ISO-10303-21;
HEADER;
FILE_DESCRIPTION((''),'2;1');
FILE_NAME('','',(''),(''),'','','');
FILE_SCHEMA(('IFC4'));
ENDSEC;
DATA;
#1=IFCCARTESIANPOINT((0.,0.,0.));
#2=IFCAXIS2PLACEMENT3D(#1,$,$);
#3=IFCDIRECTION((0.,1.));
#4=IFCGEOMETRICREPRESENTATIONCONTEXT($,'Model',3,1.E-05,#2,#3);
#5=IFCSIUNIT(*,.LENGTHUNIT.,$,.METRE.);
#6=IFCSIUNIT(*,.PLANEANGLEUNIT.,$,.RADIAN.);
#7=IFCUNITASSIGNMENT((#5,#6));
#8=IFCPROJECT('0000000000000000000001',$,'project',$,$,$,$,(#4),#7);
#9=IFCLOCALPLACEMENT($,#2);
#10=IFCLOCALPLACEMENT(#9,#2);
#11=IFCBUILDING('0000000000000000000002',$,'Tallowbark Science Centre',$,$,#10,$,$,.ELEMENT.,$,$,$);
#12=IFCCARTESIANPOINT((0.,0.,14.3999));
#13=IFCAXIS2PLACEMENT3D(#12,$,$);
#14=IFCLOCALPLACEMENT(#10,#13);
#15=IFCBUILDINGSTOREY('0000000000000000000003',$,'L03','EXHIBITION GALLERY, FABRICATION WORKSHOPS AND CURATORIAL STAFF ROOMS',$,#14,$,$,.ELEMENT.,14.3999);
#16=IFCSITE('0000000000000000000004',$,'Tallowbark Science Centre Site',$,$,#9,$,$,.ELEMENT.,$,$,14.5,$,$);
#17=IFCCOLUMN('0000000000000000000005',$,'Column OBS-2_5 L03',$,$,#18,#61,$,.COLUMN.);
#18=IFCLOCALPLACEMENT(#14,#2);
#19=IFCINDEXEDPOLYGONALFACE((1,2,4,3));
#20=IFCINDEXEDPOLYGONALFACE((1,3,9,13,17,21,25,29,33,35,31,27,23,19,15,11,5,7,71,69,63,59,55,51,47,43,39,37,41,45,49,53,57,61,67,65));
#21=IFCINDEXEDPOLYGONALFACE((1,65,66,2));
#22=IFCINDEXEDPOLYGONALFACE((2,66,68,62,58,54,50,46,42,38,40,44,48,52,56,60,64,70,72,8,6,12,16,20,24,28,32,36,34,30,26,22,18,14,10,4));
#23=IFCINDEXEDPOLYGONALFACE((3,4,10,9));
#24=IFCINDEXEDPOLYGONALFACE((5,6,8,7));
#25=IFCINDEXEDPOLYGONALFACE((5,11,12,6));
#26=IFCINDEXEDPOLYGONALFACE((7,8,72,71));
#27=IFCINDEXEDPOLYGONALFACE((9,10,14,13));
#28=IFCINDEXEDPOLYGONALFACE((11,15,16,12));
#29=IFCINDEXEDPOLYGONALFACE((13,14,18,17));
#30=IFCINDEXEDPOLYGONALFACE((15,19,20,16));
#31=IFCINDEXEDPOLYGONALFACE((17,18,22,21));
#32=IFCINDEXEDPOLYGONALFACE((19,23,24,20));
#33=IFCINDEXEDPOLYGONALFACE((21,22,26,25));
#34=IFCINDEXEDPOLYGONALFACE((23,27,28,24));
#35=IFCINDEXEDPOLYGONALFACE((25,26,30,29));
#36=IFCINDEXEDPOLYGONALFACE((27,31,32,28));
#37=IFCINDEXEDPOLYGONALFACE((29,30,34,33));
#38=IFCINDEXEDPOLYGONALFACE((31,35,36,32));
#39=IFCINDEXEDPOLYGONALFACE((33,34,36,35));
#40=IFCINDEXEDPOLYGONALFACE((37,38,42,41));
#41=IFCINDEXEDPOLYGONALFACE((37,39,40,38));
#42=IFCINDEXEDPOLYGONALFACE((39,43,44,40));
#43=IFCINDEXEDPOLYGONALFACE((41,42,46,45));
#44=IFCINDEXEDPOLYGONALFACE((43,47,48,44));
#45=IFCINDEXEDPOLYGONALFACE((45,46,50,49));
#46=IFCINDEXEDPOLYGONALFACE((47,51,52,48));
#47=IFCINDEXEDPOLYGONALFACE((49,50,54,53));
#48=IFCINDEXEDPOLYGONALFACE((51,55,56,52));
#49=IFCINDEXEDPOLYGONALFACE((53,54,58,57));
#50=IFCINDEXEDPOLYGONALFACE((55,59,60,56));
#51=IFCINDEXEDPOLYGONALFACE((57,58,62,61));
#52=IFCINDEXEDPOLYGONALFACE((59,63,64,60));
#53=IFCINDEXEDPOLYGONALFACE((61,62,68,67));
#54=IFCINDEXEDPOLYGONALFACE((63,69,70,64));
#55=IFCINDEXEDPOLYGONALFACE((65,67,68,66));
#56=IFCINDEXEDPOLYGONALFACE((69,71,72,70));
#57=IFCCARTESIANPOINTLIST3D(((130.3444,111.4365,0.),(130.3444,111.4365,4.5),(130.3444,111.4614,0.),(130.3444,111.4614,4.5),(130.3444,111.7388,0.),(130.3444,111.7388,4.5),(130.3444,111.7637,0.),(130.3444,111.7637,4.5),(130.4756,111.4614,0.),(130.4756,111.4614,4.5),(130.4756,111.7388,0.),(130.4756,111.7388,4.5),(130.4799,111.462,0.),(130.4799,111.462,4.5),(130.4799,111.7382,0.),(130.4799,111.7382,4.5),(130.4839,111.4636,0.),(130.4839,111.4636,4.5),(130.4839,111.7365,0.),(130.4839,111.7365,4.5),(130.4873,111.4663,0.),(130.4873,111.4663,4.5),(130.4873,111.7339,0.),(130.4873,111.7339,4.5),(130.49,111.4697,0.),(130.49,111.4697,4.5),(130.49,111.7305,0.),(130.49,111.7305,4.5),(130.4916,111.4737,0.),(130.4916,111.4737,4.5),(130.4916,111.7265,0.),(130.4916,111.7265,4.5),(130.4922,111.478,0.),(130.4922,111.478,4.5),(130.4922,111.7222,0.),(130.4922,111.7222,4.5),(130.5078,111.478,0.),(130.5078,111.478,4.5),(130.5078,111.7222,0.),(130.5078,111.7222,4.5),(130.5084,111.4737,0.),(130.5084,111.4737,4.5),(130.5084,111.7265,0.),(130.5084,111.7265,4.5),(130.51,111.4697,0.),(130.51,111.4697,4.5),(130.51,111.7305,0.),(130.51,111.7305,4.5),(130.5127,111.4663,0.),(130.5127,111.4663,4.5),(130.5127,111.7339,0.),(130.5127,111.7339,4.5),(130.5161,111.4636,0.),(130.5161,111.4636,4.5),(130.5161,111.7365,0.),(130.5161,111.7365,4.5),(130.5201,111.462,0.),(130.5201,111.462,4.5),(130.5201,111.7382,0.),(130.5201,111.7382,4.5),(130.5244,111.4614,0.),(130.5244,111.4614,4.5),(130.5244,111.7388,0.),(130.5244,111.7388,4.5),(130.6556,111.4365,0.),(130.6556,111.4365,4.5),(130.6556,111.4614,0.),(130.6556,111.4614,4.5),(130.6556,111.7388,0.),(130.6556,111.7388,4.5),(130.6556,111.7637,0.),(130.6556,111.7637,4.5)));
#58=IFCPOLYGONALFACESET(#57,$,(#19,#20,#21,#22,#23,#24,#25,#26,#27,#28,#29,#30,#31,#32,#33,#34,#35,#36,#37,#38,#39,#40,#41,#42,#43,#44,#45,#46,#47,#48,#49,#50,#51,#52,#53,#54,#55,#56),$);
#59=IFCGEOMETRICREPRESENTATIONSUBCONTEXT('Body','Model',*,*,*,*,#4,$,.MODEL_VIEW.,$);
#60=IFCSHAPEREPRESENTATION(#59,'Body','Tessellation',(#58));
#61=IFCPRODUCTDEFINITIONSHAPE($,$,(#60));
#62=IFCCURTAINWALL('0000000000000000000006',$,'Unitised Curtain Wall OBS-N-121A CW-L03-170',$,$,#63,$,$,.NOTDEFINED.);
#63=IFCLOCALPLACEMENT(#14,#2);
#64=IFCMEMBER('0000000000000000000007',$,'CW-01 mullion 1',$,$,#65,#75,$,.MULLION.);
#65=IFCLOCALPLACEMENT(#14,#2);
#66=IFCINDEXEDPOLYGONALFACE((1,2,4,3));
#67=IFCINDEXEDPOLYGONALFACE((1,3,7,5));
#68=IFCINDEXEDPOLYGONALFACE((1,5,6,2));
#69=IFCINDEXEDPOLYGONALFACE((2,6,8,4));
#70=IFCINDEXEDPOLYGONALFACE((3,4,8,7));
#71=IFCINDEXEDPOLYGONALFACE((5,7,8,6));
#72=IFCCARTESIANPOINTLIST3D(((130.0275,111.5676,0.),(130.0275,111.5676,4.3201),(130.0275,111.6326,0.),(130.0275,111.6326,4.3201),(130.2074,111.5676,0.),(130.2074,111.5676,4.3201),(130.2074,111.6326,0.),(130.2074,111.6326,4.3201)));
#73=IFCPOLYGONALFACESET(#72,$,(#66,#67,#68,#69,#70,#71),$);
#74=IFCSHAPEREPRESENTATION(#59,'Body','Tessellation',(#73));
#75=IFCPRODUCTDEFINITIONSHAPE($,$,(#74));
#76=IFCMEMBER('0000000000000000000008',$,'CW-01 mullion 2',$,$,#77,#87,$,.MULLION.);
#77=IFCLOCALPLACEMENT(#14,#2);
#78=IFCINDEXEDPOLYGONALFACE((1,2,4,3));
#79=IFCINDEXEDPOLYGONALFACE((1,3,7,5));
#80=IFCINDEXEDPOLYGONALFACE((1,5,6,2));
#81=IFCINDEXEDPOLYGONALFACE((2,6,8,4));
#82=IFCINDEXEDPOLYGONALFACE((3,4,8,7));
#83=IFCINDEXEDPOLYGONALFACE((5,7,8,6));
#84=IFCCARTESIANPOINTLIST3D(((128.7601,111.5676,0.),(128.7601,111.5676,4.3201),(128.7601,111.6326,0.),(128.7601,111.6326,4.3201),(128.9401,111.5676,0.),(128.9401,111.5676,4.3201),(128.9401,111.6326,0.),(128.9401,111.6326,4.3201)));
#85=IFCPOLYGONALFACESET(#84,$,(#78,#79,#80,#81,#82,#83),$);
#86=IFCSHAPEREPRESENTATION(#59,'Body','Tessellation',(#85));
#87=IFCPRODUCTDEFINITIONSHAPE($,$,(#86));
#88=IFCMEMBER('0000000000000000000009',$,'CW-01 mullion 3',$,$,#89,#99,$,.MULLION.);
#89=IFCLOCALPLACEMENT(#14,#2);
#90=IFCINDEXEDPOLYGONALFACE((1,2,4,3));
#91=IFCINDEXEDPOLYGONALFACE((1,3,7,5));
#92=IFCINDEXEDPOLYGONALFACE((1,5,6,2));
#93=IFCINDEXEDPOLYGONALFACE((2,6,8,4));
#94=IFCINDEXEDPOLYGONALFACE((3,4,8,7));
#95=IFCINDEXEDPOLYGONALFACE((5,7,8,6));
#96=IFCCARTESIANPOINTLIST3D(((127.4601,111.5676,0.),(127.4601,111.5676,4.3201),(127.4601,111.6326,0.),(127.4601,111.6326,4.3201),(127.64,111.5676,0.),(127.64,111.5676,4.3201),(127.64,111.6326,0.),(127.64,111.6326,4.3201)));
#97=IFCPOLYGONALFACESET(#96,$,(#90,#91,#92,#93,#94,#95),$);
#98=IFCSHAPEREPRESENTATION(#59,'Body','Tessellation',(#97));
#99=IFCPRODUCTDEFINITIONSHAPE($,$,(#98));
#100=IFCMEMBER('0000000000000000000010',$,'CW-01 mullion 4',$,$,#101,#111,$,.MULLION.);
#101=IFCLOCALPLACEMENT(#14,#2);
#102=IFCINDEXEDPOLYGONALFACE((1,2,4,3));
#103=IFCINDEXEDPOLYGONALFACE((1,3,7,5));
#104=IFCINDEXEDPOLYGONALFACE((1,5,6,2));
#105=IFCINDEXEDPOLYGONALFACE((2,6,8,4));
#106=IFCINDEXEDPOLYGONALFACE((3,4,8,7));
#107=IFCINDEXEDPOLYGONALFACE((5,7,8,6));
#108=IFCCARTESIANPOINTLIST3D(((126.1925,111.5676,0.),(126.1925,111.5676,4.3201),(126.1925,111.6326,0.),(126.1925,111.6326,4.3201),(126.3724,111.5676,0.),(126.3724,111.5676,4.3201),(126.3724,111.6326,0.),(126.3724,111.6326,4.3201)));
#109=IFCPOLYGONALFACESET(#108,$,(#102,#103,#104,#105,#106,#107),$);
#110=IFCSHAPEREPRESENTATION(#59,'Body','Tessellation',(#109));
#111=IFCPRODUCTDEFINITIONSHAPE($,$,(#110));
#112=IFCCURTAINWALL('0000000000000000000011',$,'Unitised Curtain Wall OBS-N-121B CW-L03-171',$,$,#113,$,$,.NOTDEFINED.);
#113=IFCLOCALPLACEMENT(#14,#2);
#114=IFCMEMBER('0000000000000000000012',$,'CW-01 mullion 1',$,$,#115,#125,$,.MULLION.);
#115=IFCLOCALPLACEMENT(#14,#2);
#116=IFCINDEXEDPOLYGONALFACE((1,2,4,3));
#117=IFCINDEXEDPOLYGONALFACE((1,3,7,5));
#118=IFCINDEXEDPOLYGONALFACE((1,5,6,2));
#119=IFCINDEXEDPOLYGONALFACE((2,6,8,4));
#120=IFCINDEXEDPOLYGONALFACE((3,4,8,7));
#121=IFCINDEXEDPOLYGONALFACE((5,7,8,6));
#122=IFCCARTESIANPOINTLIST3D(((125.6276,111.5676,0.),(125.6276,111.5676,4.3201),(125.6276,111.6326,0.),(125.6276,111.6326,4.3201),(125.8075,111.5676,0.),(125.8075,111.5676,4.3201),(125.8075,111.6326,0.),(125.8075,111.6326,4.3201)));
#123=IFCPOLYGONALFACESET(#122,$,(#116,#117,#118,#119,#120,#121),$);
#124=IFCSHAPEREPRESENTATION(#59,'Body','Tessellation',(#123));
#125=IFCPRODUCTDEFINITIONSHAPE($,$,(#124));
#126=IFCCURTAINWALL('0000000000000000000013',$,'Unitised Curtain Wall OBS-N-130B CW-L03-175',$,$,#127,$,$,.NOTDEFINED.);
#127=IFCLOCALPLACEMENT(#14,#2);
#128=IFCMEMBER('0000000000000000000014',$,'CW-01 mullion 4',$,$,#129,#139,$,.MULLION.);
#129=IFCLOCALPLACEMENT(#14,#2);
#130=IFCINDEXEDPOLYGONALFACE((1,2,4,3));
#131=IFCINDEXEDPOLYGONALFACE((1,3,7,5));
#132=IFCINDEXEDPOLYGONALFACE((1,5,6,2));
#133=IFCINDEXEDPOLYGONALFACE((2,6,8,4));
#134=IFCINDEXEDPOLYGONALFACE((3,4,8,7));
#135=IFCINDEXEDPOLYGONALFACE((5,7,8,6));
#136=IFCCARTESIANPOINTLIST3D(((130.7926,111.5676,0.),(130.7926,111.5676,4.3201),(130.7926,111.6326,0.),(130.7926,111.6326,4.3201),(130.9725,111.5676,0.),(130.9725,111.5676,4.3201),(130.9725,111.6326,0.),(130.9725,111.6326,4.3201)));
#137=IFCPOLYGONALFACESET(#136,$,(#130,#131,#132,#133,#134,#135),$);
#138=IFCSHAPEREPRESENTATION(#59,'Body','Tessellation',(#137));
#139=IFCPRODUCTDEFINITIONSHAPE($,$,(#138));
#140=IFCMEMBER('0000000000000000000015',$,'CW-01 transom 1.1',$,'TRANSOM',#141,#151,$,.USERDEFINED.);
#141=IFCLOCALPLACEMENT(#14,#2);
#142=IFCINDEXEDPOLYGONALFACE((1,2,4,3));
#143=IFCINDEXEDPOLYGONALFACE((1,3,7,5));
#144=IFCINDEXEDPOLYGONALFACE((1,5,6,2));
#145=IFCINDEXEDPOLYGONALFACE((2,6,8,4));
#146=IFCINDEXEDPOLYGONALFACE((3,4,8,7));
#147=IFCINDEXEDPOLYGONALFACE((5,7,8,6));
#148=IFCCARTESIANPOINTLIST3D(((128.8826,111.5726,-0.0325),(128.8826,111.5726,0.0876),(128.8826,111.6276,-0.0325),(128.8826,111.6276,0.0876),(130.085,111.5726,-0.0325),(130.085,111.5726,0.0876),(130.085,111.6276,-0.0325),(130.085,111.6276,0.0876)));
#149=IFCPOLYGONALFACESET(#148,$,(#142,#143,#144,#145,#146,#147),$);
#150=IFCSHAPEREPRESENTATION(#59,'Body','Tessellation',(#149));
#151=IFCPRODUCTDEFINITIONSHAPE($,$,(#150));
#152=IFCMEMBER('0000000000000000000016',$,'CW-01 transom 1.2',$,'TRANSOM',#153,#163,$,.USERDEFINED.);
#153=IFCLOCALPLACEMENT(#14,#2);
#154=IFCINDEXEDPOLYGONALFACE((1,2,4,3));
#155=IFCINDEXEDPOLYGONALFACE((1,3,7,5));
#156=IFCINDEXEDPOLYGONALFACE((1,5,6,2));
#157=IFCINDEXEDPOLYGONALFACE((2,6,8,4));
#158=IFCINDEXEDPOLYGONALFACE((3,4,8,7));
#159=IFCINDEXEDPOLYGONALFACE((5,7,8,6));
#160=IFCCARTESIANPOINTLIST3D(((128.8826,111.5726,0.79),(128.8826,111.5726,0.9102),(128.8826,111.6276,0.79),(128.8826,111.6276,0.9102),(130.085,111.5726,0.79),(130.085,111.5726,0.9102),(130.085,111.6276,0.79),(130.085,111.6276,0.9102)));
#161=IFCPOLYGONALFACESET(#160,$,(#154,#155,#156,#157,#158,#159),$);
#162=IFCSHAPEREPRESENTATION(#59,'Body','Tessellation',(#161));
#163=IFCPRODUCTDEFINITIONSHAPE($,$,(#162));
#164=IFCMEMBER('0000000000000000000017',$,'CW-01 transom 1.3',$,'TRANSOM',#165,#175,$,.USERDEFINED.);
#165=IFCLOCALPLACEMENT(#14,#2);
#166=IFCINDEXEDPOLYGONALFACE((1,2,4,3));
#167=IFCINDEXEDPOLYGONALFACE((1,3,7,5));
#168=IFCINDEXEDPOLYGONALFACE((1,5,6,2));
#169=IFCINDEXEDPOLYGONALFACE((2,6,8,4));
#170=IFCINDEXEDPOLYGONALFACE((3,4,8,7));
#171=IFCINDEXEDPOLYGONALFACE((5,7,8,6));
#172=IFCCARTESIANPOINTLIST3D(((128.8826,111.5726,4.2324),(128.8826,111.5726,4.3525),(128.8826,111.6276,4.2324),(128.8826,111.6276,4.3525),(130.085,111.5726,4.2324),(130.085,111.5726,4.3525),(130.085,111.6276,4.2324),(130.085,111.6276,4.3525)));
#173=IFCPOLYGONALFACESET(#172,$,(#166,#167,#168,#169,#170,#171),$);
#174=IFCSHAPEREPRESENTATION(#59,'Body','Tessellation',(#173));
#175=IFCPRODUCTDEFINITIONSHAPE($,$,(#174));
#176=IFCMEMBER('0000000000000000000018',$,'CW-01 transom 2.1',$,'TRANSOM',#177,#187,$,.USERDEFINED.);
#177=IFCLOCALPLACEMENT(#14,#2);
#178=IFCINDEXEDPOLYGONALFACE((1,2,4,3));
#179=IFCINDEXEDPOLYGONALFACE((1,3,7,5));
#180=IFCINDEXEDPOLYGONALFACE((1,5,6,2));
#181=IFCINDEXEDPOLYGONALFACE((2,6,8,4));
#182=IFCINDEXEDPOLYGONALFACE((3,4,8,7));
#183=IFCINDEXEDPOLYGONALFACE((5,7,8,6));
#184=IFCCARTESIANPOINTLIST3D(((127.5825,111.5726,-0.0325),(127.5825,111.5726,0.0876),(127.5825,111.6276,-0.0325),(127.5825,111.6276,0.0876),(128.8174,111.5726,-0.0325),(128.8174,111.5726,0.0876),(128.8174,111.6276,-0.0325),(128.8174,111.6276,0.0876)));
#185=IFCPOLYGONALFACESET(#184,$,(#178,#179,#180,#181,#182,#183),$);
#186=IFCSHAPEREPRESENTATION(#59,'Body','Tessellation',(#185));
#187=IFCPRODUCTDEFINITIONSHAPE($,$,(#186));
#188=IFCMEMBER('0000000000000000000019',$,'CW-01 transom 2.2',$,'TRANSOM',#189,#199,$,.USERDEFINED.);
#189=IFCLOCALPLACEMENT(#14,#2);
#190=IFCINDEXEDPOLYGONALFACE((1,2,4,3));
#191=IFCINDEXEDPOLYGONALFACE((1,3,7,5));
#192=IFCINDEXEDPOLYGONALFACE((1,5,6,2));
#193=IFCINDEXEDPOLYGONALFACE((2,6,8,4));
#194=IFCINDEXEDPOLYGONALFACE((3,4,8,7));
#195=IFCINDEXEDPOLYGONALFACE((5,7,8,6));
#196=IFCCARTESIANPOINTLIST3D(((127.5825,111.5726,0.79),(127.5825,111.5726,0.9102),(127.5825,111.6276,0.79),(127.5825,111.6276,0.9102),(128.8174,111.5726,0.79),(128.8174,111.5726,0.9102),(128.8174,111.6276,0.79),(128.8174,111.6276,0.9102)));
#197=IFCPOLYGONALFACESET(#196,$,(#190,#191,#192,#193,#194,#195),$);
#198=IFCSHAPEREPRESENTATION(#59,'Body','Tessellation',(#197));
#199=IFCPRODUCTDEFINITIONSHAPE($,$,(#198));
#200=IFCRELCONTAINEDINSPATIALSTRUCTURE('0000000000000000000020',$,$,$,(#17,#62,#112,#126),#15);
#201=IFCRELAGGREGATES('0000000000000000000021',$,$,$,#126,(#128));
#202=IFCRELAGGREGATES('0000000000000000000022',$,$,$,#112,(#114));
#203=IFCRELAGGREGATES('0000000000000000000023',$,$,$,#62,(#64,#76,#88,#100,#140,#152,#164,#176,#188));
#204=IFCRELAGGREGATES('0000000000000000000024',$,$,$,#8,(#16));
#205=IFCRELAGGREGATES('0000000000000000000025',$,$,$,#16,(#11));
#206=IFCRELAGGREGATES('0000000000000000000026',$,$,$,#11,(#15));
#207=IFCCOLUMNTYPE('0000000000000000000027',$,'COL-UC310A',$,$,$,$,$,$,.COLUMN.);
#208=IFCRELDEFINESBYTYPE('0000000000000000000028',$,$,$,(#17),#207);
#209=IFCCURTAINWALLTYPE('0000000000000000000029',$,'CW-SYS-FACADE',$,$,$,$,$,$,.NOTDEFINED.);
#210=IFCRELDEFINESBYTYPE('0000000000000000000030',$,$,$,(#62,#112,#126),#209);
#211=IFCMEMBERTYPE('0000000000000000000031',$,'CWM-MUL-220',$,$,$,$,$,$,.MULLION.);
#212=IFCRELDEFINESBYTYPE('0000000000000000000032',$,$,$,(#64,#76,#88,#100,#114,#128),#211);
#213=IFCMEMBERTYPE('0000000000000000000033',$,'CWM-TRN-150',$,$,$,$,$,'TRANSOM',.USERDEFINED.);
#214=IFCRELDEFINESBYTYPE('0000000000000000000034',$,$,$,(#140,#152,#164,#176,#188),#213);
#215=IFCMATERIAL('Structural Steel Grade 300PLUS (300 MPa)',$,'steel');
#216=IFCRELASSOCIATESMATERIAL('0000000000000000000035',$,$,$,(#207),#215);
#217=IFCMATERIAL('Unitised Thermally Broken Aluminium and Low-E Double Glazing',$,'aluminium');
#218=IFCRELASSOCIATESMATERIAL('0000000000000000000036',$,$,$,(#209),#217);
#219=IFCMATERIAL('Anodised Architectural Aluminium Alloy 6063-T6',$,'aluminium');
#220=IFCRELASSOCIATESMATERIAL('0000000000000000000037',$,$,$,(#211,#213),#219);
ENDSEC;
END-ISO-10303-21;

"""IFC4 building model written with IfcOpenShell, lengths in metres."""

from ifc_helpers import new_model, si_unit, direction, frame, origin, origin_2d, place, context, subcontext, project, spatial, rectangle, i_section, extrude, material, material_profile, profile_set, type_object, element, aggregate, save


model = new_model("IFC4")

# Units and contexts
model_context = context("Model", 3, precision=1e-05, world=origin(), true_north=direction((0.0, 1.0)))
body_context = subcontext(model_context, "Body", "Model", "MODEL_VIEW")
ifc_project = project(units=[si_unit("LENGTHUNIT", "METRE"), si_unit("PLANEANGLEUNIT", "RADIAN")], contexts=[model_context])

# Site, building, storey
site_placement = place(None, origin())
site = spatial("IfcSite", under=ifc_project, at=site_placement, Name="Tallowbark Science Centre Site", CompositionType="ELEMENT", RefElevation=14.5)
building_placement = place(site_placement, origin())
building = spatial("IfcBuilding", under=site, at=building_placement, Name="Tallowbark Science Centre", CompositionType="ELEMENT")
storey_placement = place(building_placement, frame((0.0, 0.0, 14.3999)))
storey = spatial("IfcBuildingStorey", under=building, at=storey_placement, Name="L03", Description="EXHIBITION GALLERY, FABRICATION WORKSHOPS AND CURATORIAL STAFF ROOMS", CompositionType="ELEMENT", Elevation=14.3999)

# Column
ifc_material_1 = material(Name="Structural Steel Grade 300PLUS (300 MPa)", Category="steel")
ifc_material_profile_1 = material_profile(ifc_material_1, i_section(OverallWidth=0.3113, OverallDepth=0.3271, WebThickness=0.0156, FlangeThickness=0.0249, FilletRadius=0.0166, at=origin_2d()), Name="310UC158")
ifc_profile_set_1 = profile_set([ifc_material_profile_1], Name="Structural Steel Grade 300PLUS (300 MPa)")
column_type = type_object("IfcColumnType", Name="COL-UC310A", PredefinedType="COLUMN", material=ifc_profile_set_1)
column_placement = place(storey_placement, frame((130.5, 111.6001, 0.0), z_axis=(0.0, 0.0, 1.0), x_axis=(1.0, 0.0, 0.0)))
element("IfcColumn", 1, at=column_placement, inside=storey, type_object=column_type, Name="Column OBS-2_5 L03", PredefinedType="COLUMN", context=body_context, shape_type="SweptSolid", body=[
    extrude(i_section(OverallWidth=0.3113, OverallDepth=0.3271, WebThickness=0.0156, FlangeThickness=0.0249, FilletRadius=0.0166, at=origin_2d()), origin(), (0.0, 0.0, 1.0), 4.5),
])

# Curtain wall, members
ifc_material_2 = material(Name="Unitised Thermally Broken Aluminium and Low-E Double Glazing", Category="aluminium")
curtain_wall_type = type_object("IfcCurtainWallType", Name="CW-SYS-FACADE", PredefinedType="NOTDEFINED", material=ifc_material_2)
curtain_wall_1_placement = place(storey_placement, origin())
curtain_wall_1 = element("IfcCurtainWall", 2, at=curtain_wall_1_placement, inside=storey, type_object=curtain_wall_type, Name="Unitised Curtain Wall OBS-N-121A CW-L03-170", PredefinedType="NOTDEFINED")
ifc_material_3 = material(Name="Anodised Architectural Aluminium Alloy 6063-T6", Category="aluminium")
ifc_material_profile_2 = material_profile(ifc_material_3, rectangle(XDim=0.0649, YDim=0.1799, at=origin_2d()), Name="ALU65x180")
ifc_profile_set_2 = profile_set([ifc_material_profile_2], Name="Anodised Architectural Aluminium Alloy 6063-T6")
member_type_1 = type_object("IfcMemberType", Name="CWM-MUL-220", PredefinedType="MULLION", material=ifc_profile_set_2)
member_1_placement = place(storey_placement, frame((130.1174, 111.6001, 0.0), z_axis=(0.0, 0.0, 1.0), x_axis=(0.0, -1.0, 0.0)))
member_1 = element("IfcMember", 3, at=member_1_placement, type_object=member_type_1, Name="CW-01 mullion 1", PredefinedType="MULLION", context=body_context, shape_type="SweptSolid", body=[
    extrude(rectangle(XDim=0.0649, YDim=0.1799, at=origin_2d()), origin(), (0.0, 0.0, 1.0), 4.3201),
])
member_2_placement = place(storey_placement, frame((128.8501, 111.6001, 0.0), z_axis=(0.0, 0.0, 1.0), x_axis=(0.0, -1.0, 0.0)))
member_2 = element("IfcMember", 4, at=member_2_placement, type_object=member_type_1, Name="CW-01 mullion 2", PredefinedType="MULLION", context=body_context, shape_type="SweptSolid", body=[
    extrude(rectangle(XDim=0.0649, YDim=0.1799, at=origin_2d()), origin(), (0.0, 0.0, 1.0), 4.3201),
])
member_3_placement = place(storey_placement, frame((127.55, 111.6001, 0.0), z_axis=(0.0, 0.0, 1.0), x_axis=(0.0, -1.0, 0.0)))
member_3 = element("IfcMember", 5, at=member_3_placement, type_object=member_type_1, Name="CW-01 mullion 3", PredefinedType="MULLION", context=body_context, shape_type="SweptSolid", body=[
    extrude(rectangle(XDim=0.0649, YDim=0.1799, at=origin_2d()), origin(), (0.0, 0.0, 1.0), 4.3201),
])
member_4_placement = place(storey_placement, frame((126.2825, 111.6001, 0.0), z_axis=(0.0, 0.0, 1.0), x_axis=(0.0, -1.0, 0.0)))
member_4 = element("IfcMember", 6, at=member_4_placement, type_object=member_type_1, Name="CW-01 mullion 4", PredefinedType="MULLION", context=body_context, shape_type="SweptSolid", body=[
    extrude(rectangle(XDim=0.0649, YDim=0.1799, at=origin_2d()), origin(), (0.0, 0.0, 1.0), 4.3201),
])

# Curtain walls, members
curtain_wall_2_placement = place(storey_placement, origin())
curtain_wall_2 = element("IfcCurtainWall", 7, at=curtain_wall_2_placement, inside=storey, type_object=curtain_wall_type, Name="Unitised Curtain Wall OBS-N-121B CW-L03-171", PredefinedType="NOTDEFINED")
member_5_placement = place(storey_placement, frame((125.7175, 111.6001, 0.0), z_axis=(0.0, 0.0, 1.0), x_axis=(0.0, -1.0, 0.0)))
member_5 = element("IfcMember", 8, at=member_5_placement, type_object=member_type_1, Name="CW-01 mullion 1", PredefinedType="MULLION", context=body_context, shape_type="SweptSolid", body=[
    extrude(rectangle(XDim=0.0649, YDim=0.1799, at=origin_2d()), origin(), (0.0, 0.0, 1.0), 4.3201),
])
curtain_wall_3_placement = place(storey_placement, origin())
curtain_wall_3 = element("IfcCurtainWall", 9, at=curtain_wall_3_placement, inside=storey, type_object=curtain_wall_type, Name="Unitised Curtain Wall OBS-N-130B CW-L03-175", PredefinedType="NOTDEFINED")
member_6_placement = place(storey_placement, frame((130.8826, 111.6001, 0.0), z_axis=(0.0, 0.0, 1.0), x_axis=(0.0, -1.0, 0.0)))
member_6 = element("IfcMember", 10, at=member_6_placement, type_object=member_type_1, Name="CW-01 mullion 4", PredefinedType="MULLION", context=body_context, shape_type="SweptSolid", body=[
    extrude(rectangle(XDim=0.0649, YDim=0.1799, at=origin_2d()), origin(), (0.0, 0.0, 1.0), 4.3201),
])
aggregate(curtain_wall_3, [member_6])

# Members
ifc_material_profile_3 = material_profile(ifc_material_3, rectangle(XDim=0.0549, YDim=0.1201, at=origin_2d()), Name="ALU55x120")
ifc_profile_set_3 = profile_set([ifc_material_profile_3], Name="Anodised Architectural Aluminium Alloy 6063-T6")
member_type_2 = type_object("IfcMemberType", Name="CWM-TRN-150", ElementType="TRANSOM", PredefinedType="USERDEFINED", material=ifc_profile_set_3)
member_7_placement = place(storey_placement, frame((130.085, 111.6001, 0.0276), z_axis=(-1.0, 0.0, 0.0), x_axis=(0.0, -1.0, 0.0)))
member_7 = element("IfcMember", 11, at=member_7_placement, type_object=member_type_2, Name="CW-01 transom 1.1", ObjectType="TRANSOM", PredefinedType="USERDEFINED", context=body_context, shape_type="SweptSolid", body=[
    extrude(rectangle(XDim=0.0549, YDim=0.1201, at=origin_2d()), origin(), (0.0, 0.0, 1.0), 1.2024),
])
member_8_placement = place(storey_placement, frame((130.085, 111.6001, 0.8501), z_axis=(-1.0, 0.0, 0.0), x_axis=(0.0, -1.0, 0.0)))
member_8 = element("IfcMember", 12, at=member_8_placement, type_object=member_type_2, Name="CW-01 transom 1.2", ObjectType="TRANSOM", PredefinedType="USERDEFINED", context=body_context, shape_type="SweptSolid", body=[
    extrude(rectangle(XDim=0.0549, YDim=0.1201, at=origin_2d()), origin(), (0.0, 0.0, 1.0), 1.2024),
])
member_9_placement = place(storey_placement, frame((130.085, 111.6001, 4.2925), z_axis=(-1.0, 0.0, 0.0), x_axis=(0.0, -1.0, 0.0)))
member_9 = element("IfcMember", 13, at=member_9_placement, type_object=member_type_2, Name="CW-01 transom 1.3", ObjectType="TRANSOM", PredefinedType="USERDEFINED", context=body_context, shape_type="SweptSolid", body=[
    extrude(rectangle(XDim=0.0549, YDim=0.1201, at=origin_2d()), origin(), (0.0, 0.0, 1.0), 1.2024),
])
member_10_placement = place(storey_placement, frame((128.8174, 111.6001, 0.0276), z_axis=(-1.0, 0.0, 0.0), x_axis=(0.0, -1.0, 0.0)))
member_10 = element("IfcMember", 14, at=member_10_placement, type_object=member_type_2, Name="CW-01 transom 2.1", ObjectType="TRANSOM", PredefinedType="USERDEFINED", context=body_context, shape_type="SweptSolid", body=[
    extrude(rectangle(XDim=0.0549, YDim=0.1201, at=origin_2d()), origin(), (0.0, 0.0, 1.0), 1.2349),
])
member_11_placement = place(storey_placement, frame((128.8174, 111.6001, 0.8501), z_axis=(-1.0, 0.0, 0.0), x_axis=(0.0, -1.0, 0.0)))
member_11 = element("IfcMember", 15, at=member_11_placement, type_object=member_type_2, Name="CW-01 transom 2.2", ObjectType="TRANSOM", PredefinedType="USERDEFINED", context=body_context, shape_type="SweptSolid", body=[
    extrude(rectangle(XDim=0.0549, YDim=0.1201, at=origin_2d()), origin(), (0.0, 0.0, 1.0), 1.2349),
])
aggregate(curtain_wall_2, [member_5])

aggregate(curtain_wall_1, [member_1, member_2, member_3, member_4, member_7, member_8, member_9, member_10, member_11])

save(model, "model.ifc")
